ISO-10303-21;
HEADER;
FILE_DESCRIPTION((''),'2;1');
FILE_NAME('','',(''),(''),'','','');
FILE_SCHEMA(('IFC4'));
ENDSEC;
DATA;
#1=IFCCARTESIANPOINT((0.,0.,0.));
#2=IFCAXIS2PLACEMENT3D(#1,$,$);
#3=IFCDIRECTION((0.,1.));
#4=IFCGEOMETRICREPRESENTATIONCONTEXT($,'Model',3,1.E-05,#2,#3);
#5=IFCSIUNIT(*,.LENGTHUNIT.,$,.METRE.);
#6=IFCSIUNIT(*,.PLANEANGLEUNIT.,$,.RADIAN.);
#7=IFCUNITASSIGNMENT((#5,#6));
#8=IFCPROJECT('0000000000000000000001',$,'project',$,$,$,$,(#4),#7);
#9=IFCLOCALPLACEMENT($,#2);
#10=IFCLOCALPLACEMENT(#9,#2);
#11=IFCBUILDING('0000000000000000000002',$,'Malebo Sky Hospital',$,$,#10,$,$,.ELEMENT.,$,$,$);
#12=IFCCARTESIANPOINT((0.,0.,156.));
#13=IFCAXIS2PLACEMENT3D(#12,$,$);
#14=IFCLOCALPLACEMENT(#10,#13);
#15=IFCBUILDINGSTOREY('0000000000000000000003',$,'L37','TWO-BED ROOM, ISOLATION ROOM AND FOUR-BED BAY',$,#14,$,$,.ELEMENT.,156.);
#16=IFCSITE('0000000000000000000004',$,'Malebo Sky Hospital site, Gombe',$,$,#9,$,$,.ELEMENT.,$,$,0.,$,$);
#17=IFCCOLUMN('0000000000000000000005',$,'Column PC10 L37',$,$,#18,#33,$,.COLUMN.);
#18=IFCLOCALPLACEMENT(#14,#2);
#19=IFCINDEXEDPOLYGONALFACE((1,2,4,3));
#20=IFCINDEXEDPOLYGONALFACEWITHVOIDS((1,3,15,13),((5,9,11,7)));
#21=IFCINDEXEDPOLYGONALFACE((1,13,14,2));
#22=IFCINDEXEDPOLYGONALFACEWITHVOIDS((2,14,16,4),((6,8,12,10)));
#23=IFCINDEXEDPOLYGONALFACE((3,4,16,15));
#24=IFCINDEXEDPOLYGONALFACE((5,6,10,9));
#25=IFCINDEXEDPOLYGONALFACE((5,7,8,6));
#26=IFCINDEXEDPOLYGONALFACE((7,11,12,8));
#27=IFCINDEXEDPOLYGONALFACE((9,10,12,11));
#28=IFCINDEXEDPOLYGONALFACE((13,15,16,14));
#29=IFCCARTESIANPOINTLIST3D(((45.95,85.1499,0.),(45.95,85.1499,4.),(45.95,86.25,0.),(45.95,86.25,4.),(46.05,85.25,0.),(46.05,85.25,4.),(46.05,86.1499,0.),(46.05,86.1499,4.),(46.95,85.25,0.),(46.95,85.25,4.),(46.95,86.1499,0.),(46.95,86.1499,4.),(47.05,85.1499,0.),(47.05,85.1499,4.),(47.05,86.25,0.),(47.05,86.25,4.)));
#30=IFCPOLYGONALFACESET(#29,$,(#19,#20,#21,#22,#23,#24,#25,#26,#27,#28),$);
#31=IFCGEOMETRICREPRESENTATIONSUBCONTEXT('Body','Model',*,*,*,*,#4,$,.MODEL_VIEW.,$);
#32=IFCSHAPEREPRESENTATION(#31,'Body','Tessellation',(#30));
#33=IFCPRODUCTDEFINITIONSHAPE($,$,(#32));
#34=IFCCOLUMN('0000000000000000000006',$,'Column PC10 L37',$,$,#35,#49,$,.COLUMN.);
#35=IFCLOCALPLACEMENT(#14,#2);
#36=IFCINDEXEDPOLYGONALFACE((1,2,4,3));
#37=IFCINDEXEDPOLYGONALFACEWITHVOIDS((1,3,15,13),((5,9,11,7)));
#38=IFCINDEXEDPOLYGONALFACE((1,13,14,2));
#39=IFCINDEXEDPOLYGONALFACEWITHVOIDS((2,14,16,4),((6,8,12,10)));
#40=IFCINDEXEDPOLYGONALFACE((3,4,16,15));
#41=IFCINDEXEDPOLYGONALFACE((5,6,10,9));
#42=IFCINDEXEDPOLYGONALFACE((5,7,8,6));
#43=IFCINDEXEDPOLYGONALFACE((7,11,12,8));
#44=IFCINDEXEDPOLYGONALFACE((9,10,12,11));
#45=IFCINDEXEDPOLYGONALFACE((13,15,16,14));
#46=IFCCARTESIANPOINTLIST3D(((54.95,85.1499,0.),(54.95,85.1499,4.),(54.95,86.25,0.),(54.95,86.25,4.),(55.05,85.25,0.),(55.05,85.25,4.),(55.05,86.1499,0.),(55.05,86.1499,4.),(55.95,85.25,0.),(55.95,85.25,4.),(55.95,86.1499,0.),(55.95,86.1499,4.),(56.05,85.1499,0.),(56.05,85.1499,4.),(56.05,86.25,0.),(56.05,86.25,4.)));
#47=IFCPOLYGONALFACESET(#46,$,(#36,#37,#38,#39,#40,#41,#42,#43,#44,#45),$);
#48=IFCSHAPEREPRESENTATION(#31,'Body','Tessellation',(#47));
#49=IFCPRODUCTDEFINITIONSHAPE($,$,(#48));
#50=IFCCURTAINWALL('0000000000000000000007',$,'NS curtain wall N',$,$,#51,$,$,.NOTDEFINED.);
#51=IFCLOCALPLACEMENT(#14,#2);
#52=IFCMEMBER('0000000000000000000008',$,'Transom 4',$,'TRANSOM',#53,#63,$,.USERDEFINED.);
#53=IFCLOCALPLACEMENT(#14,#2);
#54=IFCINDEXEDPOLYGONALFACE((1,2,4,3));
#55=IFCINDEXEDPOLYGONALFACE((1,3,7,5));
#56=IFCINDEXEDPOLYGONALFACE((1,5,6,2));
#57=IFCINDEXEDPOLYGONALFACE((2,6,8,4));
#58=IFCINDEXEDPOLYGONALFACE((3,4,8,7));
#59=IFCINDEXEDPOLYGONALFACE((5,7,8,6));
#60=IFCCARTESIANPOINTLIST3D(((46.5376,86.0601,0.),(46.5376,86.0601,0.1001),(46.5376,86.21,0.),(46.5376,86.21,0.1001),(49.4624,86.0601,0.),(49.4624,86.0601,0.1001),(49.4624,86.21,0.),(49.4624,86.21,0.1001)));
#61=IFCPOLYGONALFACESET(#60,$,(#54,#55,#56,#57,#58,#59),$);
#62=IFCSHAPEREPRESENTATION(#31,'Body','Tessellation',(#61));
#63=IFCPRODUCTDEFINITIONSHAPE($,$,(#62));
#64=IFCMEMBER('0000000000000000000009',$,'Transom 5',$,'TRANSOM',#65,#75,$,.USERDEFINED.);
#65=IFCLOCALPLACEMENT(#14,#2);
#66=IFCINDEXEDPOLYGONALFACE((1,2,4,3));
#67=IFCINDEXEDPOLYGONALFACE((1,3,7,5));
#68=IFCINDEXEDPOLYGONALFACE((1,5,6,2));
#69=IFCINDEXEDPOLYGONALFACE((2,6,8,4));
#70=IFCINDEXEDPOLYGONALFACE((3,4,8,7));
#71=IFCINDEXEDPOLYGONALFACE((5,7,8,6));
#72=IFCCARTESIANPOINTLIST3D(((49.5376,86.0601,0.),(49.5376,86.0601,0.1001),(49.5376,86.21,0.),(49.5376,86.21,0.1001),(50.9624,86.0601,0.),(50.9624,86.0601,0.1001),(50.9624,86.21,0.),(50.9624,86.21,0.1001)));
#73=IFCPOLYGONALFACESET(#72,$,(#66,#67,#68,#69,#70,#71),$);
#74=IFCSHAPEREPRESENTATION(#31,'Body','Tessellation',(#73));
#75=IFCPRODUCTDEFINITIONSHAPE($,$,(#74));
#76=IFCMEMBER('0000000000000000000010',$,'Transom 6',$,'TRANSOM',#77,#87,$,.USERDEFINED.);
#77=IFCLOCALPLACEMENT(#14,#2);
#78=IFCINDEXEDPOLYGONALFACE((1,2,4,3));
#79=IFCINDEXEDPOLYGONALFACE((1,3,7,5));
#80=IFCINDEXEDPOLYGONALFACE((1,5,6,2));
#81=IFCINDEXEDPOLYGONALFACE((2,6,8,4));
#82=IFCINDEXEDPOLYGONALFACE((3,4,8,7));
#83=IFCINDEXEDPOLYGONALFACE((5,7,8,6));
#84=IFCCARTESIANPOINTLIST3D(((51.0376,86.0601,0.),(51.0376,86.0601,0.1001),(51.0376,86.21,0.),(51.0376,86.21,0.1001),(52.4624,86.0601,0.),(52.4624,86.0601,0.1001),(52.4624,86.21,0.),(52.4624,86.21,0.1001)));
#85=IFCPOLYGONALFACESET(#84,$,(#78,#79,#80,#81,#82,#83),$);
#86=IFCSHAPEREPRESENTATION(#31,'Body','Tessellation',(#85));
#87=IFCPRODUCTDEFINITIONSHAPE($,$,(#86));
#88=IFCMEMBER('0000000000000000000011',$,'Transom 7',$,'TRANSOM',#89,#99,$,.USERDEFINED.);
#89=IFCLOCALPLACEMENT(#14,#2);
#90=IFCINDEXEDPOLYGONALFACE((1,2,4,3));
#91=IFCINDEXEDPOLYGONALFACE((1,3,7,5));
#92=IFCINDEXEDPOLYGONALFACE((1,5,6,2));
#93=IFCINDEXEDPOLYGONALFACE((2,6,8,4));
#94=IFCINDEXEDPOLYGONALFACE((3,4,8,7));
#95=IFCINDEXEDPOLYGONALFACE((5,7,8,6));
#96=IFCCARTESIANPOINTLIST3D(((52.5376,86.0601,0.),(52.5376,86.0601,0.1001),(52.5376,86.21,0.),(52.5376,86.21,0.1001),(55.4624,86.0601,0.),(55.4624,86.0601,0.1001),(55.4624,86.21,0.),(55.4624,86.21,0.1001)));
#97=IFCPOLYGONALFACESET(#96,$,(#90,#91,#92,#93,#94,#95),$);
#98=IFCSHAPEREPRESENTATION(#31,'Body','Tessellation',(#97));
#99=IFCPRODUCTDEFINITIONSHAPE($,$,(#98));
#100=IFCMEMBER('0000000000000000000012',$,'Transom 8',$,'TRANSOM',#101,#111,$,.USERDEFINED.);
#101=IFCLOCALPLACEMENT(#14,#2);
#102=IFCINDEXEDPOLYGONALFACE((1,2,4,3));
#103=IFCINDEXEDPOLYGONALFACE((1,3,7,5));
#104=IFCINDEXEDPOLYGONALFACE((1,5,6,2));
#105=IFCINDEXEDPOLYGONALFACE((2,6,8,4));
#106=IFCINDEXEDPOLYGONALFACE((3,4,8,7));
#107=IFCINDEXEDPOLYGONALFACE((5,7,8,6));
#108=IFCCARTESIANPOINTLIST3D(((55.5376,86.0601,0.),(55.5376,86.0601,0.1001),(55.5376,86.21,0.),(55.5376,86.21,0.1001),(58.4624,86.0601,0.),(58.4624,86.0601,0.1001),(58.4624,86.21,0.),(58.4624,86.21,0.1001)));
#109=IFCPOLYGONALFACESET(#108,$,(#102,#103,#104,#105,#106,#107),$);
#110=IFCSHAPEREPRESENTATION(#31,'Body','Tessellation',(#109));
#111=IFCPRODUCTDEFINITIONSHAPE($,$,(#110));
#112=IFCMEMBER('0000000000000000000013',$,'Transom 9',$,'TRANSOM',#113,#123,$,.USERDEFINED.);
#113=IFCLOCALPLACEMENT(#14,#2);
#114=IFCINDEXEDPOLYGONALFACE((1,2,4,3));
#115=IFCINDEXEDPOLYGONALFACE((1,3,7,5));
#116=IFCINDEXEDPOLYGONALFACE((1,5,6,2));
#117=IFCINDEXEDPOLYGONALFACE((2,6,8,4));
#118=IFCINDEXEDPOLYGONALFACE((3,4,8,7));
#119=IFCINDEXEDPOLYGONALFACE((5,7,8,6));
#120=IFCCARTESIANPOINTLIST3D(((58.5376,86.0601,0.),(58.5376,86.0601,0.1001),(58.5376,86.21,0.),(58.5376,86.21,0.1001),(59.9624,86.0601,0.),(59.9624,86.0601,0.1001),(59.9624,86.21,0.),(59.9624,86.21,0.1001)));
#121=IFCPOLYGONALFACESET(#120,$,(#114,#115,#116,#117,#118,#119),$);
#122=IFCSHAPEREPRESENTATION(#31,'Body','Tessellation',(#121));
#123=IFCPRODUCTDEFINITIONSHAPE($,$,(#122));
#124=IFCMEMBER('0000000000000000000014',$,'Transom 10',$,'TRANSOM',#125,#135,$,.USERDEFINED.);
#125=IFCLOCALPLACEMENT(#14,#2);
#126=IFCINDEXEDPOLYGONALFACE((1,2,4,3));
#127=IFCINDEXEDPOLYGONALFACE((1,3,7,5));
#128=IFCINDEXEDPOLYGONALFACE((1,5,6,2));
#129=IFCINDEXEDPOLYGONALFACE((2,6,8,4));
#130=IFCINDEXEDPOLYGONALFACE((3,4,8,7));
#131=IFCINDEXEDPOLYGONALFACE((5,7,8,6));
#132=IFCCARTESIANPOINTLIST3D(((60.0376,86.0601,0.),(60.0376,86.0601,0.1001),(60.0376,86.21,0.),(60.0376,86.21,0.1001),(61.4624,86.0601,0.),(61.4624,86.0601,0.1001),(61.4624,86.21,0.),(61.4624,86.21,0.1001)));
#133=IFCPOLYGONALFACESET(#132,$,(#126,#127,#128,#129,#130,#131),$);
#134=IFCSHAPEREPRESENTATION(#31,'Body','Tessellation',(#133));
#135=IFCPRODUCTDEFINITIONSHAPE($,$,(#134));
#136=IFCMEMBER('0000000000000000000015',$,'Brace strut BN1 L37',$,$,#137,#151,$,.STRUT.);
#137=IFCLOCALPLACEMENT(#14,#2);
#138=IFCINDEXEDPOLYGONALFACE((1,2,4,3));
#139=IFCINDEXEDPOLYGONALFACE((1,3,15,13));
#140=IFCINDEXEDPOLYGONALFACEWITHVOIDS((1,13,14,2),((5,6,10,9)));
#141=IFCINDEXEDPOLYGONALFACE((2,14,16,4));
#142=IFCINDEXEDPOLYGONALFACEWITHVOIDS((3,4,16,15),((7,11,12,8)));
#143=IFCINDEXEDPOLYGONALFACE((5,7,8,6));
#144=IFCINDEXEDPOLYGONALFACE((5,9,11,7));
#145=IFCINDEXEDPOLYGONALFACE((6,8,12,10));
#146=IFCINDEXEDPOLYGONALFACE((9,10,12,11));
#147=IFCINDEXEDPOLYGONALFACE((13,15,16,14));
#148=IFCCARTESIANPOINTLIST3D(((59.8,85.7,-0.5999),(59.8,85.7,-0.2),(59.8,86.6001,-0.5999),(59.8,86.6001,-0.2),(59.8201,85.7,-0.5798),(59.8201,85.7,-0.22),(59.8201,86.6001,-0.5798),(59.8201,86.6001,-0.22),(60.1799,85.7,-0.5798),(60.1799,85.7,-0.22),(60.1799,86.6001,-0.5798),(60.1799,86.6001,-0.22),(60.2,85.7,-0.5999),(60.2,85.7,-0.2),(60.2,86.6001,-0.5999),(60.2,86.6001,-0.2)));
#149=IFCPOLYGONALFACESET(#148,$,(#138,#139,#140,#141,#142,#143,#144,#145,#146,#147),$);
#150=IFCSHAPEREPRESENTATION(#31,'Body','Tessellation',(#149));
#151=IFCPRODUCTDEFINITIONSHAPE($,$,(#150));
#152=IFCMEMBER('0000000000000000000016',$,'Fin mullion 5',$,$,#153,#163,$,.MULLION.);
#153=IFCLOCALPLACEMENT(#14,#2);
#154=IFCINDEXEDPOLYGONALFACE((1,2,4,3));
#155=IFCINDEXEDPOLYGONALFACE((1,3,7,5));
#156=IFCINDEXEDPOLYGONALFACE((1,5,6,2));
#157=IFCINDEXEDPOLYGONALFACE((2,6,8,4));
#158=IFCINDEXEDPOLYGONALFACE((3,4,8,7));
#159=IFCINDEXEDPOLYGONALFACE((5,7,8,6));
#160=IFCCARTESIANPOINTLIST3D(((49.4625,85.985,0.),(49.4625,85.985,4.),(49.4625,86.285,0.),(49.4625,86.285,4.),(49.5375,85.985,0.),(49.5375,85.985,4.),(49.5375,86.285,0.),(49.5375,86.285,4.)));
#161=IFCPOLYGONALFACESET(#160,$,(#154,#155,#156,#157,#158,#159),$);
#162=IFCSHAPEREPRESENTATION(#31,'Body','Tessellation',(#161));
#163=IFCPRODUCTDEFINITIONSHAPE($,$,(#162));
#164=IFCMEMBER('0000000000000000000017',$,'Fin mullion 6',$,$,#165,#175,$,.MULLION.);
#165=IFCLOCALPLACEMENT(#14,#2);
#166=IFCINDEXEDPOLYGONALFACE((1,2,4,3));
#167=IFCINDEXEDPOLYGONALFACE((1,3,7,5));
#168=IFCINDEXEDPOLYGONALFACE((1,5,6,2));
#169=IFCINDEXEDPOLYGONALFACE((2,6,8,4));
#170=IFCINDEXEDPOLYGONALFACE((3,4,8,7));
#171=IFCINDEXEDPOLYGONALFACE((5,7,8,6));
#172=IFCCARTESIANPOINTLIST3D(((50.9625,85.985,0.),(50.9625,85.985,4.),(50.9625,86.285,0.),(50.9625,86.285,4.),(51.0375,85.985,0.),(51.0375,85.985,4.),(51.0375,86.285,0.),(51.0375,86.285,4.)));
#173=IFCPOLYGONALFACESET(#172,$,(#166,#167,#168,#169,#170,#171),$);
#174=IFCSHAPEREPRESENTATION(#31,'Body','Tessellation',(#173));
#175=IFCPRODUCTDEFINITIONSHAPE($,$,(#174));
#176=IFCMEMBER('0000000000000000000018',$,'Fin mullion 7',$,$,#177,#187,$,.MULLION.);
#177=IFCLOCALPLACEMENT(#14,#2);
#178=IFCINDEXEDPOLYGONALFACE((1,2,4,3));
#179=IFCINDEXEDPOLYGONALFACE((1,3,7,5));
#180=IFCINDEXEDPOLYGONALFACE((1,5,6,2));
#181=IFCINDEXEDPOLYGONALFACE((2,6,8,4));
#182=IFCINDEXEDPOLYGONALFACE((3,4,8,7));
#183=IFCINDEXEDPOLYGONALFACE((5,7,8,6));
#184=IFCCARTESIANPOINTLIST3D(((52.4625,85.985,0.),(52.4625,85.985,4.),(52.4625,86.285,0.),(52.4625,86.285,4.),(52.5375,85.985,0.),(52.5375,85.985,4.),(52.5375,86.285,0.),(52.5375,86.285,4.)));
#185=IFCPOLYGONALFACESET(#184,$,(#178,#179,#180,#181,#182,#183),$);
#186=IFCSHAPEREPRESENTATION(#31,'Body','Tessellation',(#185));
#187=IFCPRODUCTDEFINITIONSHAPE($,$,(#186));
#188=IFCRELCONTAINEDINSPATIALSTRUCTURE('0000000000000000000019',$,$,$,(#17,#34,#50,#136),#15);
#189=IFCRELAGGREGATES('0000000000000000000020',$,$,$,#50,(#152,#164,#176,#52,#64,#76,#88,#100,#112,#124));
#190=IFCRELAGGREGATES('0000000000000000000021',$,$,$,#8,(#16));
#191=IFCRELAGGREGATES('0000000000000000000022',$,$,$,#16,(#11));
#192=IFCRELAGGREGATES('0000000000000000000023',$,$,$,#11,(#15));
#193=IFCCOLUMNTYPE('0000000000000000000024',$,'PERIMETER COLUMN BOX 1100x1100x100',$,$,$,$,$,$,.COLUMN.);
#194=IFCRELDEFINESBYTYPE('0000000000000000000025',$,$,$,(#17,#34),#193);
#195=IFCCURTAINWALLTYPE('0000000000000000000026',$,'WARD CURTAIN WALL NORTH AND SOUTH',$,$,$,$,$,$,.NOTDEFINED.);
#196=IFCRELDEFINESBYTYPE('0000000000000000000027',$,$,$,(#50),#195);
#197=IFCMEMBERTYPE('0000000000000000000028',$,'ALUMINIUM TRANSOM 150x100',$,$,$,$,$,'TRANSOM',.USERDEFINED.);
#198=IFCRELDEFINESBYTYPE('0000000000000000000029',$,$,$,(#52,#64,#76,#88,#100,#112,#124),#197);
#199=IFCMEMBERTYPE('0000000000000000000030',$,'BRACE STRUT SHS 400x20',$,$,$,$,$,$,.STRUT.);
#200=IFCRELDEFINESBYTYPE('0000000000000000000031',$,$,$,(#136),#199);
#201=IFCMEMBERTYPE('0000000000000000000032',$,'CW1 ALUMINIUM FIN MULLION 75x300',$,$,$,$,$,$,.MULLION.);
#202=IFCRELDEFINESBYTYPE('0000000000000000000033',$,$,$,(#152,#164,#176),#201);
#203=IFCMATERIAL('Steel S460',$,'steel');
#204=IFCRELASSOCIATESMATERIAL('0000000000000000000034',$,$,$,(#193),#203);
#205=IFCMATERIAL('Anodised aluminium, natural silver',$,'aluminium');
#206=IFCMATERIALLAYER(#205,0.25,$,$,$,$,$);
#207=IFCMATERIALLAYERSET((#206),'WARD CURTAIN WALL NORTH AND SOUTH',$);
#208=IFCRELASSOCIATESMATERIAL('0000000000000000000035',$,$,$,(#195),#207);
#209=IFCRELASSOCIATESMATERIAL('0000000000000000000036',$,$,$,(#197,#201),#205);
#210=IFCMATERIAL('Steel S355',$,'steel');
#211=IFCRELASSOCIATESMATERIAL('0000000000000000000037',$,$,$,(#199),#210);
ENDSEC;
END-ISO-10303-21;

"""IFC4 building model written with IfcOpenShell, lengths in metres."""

from ifc_helpers import new_model, si_unit, direction, frame, origin, origin_2d, place, context, subcontext, project, spatial, rectangle, hollow_rectangle, extrude, material, layer, layer_set, material_profile, profile_set, type_object, element, aggregate, save


model = new_model("IFC4")

# Units and contexts
model_context = context("Model", 3, precision=1e-05, world=origin(), true_north=direction((0.0, 1.0)))
body_context = subcontext(model_context, "Body", "Model", "MODEL_VIEW")
ifc_project = project(units=[si_unit("LENGTHUNIT", "METRE"), si_unit("PLANEANGLEUNIT", "RADIAN")], contexts=[model_context])

# Site, building, storey
site_placement = place(None, origin())
site = spatial("IfcSite", under=ifc_project, at=site_placement, Name="Malebo Sky Hospital site, Gombe", CompositionType="ELEMENT", RefElevation=0.0)
building_placement = place(site_placement, origin())
building = spatial("IfcBuilding", under=site, at=building_placement, Name="Malebo Sky Hospital", CompositionType="ELEMENT")
storey_placement = place(building_placement, frame((0.0, 0.0, 156.0)))
storey = spatial("IfcBuildingStorey", under=building, at=storey_placement, Name="L37", Description="TWO-BED ROOM, ISOLATION ROOM AND FOUR-BED BAY", CompositionType="ELEMENT", Elevation=156.0)

# Columns
ifc_material_1 = material(Name="Steel S460", Category="steel")
ifc_material_profile_1 = material_profile(ifc_material_1, hollow_rectangle(XDim=1.1001, YDim=1.1001, WallThickness=0.1001, at=origin_2d()), Name="BOX 1100x1100x100")
ifc_profile_set_1 = profile_set([ifc_material_profile_1], Name="Steel S460")
column_type = type_object("IfcColumnType", Name="PERIMETER COLUMN BOX 1100x1100x100", PredefinedType="COLUMN", material=ifc_profile_set_1)
for number, where, z_axis, x_axis, name in (
    (1, (46.5, 85.7, 0.0), (0.0, 0.0, 1.0), (1.0, 0.0, 0.0), "Column PC10 L37"),
    (2, (55.5, 85.7, 0.0), (0.0, 0.0, 1.0), (1.0, 0.0, 0.0), "Column PC10 L37"),
):
    element("IfcColumn", number, at=place(storey_placement, frame(where, z_axis=z_axis, x_axis=x_axis)), inside=storey, type_object=column_type, Name=name, PredefinedType="COLUMN", context=body_context, shape_type="SweptSolid", body=[
        extrude(hollow_rectangle(XDim=1.1001, YDim=1.1001, WallThickness=0.1001, at=origin_2d()), origin(), (0.0, 0.0, 1.0), 4.0),
    ])

# Curtain wall, members
ifc_material_2 = material(Name="Anodised aluminium, natural silver", Category="aluminium")
ifc_layer_1 = layer(ifc_material_2, 0.25)
ifc_layer_set_1 = layer_set([ifc_layer_1], Name="WARD CURTAIN WALL NORTH AND SOUTH")
curtain_wall_type = type_object("IfcCurtainWallType", Name="WARD CURTAIN WALL NORTH AND SOUTH", PredefinedType="NOTDEFINED", material=ifc_layer_set_1)
curtain_wall_placement = place(storey_placement, origin())
curtain_wall = element("IfcCurtainWall", 3, at=curtain_wall_placement, inside=storey, type_object=curtain_wall_type, Name="NS curtain wall N", PredefinedType="NOTDEFINED")
ifc_material_profile_2 = material_profile(ifc_material_2, rectangle(XDim=0.1499, YDim=0.1001, at=origin_2d()), Name="ALUMINIUM TRANSOM 150x100")
ifc_profile_set_2 = profile_set([ifc_material_profile_2], Name="Anodised aluminium, natural silver")
member_type_1 = type_object("IfcMemberType", Name="ALUMINIUM TRANSOM 150x100", ElementType="TRANSOM", PredefinedType="USERDEFINED", material=ifc_profile_set_2)
member_1_placement = place(storey_placement, frame((46.5376, 86.135, 0.05), z_axis=(1.0, 0.0, 0.0), x_axis=(0.0, 1.0, 0.0)))
member_1 = element("IfcMember", 4, at=member_1_placement, type_object=member_type_1, Name="Transom 4", ObjectType="TRANSOM", PredefinedType="USERDEFINED", context=body_context, shape_type="SweptSolid", body=[
    extrude(rectangle(XDim=0.1499, YDim=0.1001, at=origin_2d()), origin(), (0.0, 0.0, 1.0), 2.9248),
])
member_2_placement = place(storey_placement, frame((49.5376, 86.135, 0.05), z_axis=(1.0, 0.0, 0.0), x_axis=(0.0, 1.0, 0.0)))
member_2 = element("IfcMember", 5, at=member_2_placement, type_object=member_type_1, Name="Transom 5", ObjectType="TRANSOM", PredefinedType="USERDEFINED", context=body_context, shape_type="SweptSolid", body=[
    extrude(rectangle(XDim=0.1499, YDim=0.1001, at=origin_2d()), origin(), (0.0, 0.0, 1.0), 1.4248),
])
member_3_placement = place(storey_placement, frame((51.0376, 86.135, 0.05), z_axis=(1.0, 0.0, 0.0), x_axis=(0.0, 1.0, 0.0)))
member_3 = element("IfcMember", 6, at=member_3_placement, type_object=member_type_1, Name="Transom 6", ObjectType="TRANSOM", PredefinedType="USERDEFINED", context=body_context, shape_type="SweptSolid", body=[
    extrude(rectangle(XDim=0.1499, YDim=0.1001, at=origin_2d()), origin(), (0.0, 0.0, 1.0), 1.4248),
])
member_4_placement = place(storey_placement, frame((52.5376, 86.135, 0.05), z_axis=(1.0, 0.0, 0.0), x_axis=(0.0, 1.0, 0.0)))
member_4 = element("IfcMember", 7, at=member_4_placement, type_object=member_type_1, Name="Transom 7", ObjectType="TRANSOM", PredefinedType="USERDEFINED", context=body_context, shape_type="SweptSolid", body=[
    extrude(rectangle(XDim=0.1499, YDim=0.1001, at=origin_2d()), origin(), (0.0, 0.0, 1.0), 2.9248),
])
member_5_placement = place(storey_placement, frame((55.5376, 86.135, 0.05), z_axis=(1.0, 0.0, 0.0), x_axis=(0.0, 1.0, 0.0)))
member_5 = element("IfcMember", 8, at=member_5_placement, type_object=member_type_1, Name="Transom 8", ObjectType="TRANSOM", PredefinedType="USERDEFINED", context=body_context, shape_type="SweptSolid", body=[
    extrude(rectangle(XDim=0.1499, YDim=0.1001, at=origin_2d()), origin(), (0.0, 0.0, 1.0), 2.9248),
])
member_6_placement = place(storey_placement, frame((58.5376, 86.135, 0.05), z_axis=(1.0, 0.0, 0.0), x_axis=(0.0, 1.0, 0.0)))
member_6 = element("IfcMember", 9, at=member_6_placement, type_object=member_type_1, Name="Transom 9", ObjectType="TRANSOM", PredefinedType="USERDEFINED", context=body_context, shape_type="SweptSolid", body=[
    extrude(rectangle(XDim=0.1499, YDim=0.1001, at=origin_2d()), origin(), (0.0, 0.0, 1.0), 1.4248),
])
member_7_placement = place(storey_placement, frame((60.0376, 86.135, 0.05), z_axis=(1.0, 0.0, 0.0), x_axis=(0.0, 1.0, 0.0)))
member_7 = element("IfcMember", 10, at=member_7_placement, type_object=member_type_1, Name="Transom 10", ObjectType="TRANSOM", PredefinedType="USERDEFINED", context=body_context, shape_type="SweptSolid", body=[
    extrude(rectangle(XDim=0.1499, YDim=0.1001, at=origin_2d()), origin(), (0.0, 0.0, 1.0), 1.4248),
])

# Members
ifc_material_3 = material(Name="Steel S355", Category="steel")
ifc_material_profile_3 = material_profile(ifc_material_3, hollow_rectangle(XDim=0.3999, YDim=0.3999, WallThickness=0.02, at=origin_2d()), Name="SHS 400x20")
ifc_profile_set_3 = profile_set([ifc_material_profile_3], Name="Steel S355")
member_type_2 = type_object("IfcMemberType", Name="BRACE STRUT SHS 400x20", PredefinedType="STRUT", material=ifc_profile_set_3)
member_8_placement = place(storey_placement, frame((60.0, 86.6001, -0.3999), z_axis=(0.0, -1.0, 0.0), x_axis=(1.0, 0.0, 0.0)))
element("IfcMember", 11, at=member_8_placement, inside=storey, type_object=member_type_2, Name="Brace strut BN1 L37", PredefinedType="STRUT", context=body_context, shape_type="SweptSolid", body=[
    extrude(hollow_rectangle(XDim=0.3999, YDim=0.3999, WallThickness=0.02, at=origin_2d()), origin(), (0.0, 0.0, 1.0), 0.9001),
])
ifc_material_profile_4 = material_profile(ifc_material_2, rectangle(XDim=0.075, YDim=0.3, at=origin_2d()), Name="CW1 ALUMINIUM FIN MULLION 75x300")
ifc_profile_set_4 = profile_set([ifc_material_profile_4], Name="Anodised aluminium, natural silver")
member_type_3 = type_object("IfcMemberType", Name="CW1 ALUMINIUM FIN MULLION 75x300", PredefinedType="MULLION", material=ifc_profile_set_4)
member_9_placement = place(storey_placement, frame((49.5, 86.135, 0.0), z_axis=(0.0, 0.0, 1.0), x_axis=(1.0, 0.0, 0.0)))
member_9 = element("IfcMember", 12, at=member_9_placement, type_object=member_type_3, Name="Fin mullion 5", PredefinedType="MULLION", context=body_context, shape_type="SweptSolid", body=[
    extrude(rectangle(XDim=0.075, YDim=0.3, at=origin_2d()), origin(), (0.0, 0.0, 1.0), 4.0),
])
member_10_placement = place(storey_placement, frame((51.0, 86.135, 0.0), z_axis=(0.0, 0.0, 1.0), x_axis=(1.0, 0.0, 0.0)))
member_10 = element("IfcMember", 13, at=member_10_placement, type_object=member_type_3, Name="Fin mullion 6", PredefinedType="MULLION", context=body_context, shape_type="SweptSolid", body=[
    extrude(rectangle(XDim=0.075, YDim=0.3, at=origin_2d()), origin(), (0.0, 0.0, 1.0), 4.0),
])
member_11_placement = place(storey_placement, frame((52.5, 86.135, 0.0), z_axis=(0.0, 0.0, 1.0), x_axis=(1.0, 0.0, 0.0)))
member_11 = element("IfcMember", 14, at=member_11_placement, type_object=member_type_3, Name="Fin mullion 7", PredefinedType="MULLION", context=body_context, shape_type="SweptSolid", body=[
    extrude(rectangle(XDim=0.075, YDim=0.3, at=origin_2d()), origin(), (0.0, 0.0, 1.0), 4.0),
])

aggregate(curtain_wall, [member_9, member_10, member_11, member_1, member_2, member_3, member_4, member_5, member_6, member_7])

save(model, "model.ifc")
